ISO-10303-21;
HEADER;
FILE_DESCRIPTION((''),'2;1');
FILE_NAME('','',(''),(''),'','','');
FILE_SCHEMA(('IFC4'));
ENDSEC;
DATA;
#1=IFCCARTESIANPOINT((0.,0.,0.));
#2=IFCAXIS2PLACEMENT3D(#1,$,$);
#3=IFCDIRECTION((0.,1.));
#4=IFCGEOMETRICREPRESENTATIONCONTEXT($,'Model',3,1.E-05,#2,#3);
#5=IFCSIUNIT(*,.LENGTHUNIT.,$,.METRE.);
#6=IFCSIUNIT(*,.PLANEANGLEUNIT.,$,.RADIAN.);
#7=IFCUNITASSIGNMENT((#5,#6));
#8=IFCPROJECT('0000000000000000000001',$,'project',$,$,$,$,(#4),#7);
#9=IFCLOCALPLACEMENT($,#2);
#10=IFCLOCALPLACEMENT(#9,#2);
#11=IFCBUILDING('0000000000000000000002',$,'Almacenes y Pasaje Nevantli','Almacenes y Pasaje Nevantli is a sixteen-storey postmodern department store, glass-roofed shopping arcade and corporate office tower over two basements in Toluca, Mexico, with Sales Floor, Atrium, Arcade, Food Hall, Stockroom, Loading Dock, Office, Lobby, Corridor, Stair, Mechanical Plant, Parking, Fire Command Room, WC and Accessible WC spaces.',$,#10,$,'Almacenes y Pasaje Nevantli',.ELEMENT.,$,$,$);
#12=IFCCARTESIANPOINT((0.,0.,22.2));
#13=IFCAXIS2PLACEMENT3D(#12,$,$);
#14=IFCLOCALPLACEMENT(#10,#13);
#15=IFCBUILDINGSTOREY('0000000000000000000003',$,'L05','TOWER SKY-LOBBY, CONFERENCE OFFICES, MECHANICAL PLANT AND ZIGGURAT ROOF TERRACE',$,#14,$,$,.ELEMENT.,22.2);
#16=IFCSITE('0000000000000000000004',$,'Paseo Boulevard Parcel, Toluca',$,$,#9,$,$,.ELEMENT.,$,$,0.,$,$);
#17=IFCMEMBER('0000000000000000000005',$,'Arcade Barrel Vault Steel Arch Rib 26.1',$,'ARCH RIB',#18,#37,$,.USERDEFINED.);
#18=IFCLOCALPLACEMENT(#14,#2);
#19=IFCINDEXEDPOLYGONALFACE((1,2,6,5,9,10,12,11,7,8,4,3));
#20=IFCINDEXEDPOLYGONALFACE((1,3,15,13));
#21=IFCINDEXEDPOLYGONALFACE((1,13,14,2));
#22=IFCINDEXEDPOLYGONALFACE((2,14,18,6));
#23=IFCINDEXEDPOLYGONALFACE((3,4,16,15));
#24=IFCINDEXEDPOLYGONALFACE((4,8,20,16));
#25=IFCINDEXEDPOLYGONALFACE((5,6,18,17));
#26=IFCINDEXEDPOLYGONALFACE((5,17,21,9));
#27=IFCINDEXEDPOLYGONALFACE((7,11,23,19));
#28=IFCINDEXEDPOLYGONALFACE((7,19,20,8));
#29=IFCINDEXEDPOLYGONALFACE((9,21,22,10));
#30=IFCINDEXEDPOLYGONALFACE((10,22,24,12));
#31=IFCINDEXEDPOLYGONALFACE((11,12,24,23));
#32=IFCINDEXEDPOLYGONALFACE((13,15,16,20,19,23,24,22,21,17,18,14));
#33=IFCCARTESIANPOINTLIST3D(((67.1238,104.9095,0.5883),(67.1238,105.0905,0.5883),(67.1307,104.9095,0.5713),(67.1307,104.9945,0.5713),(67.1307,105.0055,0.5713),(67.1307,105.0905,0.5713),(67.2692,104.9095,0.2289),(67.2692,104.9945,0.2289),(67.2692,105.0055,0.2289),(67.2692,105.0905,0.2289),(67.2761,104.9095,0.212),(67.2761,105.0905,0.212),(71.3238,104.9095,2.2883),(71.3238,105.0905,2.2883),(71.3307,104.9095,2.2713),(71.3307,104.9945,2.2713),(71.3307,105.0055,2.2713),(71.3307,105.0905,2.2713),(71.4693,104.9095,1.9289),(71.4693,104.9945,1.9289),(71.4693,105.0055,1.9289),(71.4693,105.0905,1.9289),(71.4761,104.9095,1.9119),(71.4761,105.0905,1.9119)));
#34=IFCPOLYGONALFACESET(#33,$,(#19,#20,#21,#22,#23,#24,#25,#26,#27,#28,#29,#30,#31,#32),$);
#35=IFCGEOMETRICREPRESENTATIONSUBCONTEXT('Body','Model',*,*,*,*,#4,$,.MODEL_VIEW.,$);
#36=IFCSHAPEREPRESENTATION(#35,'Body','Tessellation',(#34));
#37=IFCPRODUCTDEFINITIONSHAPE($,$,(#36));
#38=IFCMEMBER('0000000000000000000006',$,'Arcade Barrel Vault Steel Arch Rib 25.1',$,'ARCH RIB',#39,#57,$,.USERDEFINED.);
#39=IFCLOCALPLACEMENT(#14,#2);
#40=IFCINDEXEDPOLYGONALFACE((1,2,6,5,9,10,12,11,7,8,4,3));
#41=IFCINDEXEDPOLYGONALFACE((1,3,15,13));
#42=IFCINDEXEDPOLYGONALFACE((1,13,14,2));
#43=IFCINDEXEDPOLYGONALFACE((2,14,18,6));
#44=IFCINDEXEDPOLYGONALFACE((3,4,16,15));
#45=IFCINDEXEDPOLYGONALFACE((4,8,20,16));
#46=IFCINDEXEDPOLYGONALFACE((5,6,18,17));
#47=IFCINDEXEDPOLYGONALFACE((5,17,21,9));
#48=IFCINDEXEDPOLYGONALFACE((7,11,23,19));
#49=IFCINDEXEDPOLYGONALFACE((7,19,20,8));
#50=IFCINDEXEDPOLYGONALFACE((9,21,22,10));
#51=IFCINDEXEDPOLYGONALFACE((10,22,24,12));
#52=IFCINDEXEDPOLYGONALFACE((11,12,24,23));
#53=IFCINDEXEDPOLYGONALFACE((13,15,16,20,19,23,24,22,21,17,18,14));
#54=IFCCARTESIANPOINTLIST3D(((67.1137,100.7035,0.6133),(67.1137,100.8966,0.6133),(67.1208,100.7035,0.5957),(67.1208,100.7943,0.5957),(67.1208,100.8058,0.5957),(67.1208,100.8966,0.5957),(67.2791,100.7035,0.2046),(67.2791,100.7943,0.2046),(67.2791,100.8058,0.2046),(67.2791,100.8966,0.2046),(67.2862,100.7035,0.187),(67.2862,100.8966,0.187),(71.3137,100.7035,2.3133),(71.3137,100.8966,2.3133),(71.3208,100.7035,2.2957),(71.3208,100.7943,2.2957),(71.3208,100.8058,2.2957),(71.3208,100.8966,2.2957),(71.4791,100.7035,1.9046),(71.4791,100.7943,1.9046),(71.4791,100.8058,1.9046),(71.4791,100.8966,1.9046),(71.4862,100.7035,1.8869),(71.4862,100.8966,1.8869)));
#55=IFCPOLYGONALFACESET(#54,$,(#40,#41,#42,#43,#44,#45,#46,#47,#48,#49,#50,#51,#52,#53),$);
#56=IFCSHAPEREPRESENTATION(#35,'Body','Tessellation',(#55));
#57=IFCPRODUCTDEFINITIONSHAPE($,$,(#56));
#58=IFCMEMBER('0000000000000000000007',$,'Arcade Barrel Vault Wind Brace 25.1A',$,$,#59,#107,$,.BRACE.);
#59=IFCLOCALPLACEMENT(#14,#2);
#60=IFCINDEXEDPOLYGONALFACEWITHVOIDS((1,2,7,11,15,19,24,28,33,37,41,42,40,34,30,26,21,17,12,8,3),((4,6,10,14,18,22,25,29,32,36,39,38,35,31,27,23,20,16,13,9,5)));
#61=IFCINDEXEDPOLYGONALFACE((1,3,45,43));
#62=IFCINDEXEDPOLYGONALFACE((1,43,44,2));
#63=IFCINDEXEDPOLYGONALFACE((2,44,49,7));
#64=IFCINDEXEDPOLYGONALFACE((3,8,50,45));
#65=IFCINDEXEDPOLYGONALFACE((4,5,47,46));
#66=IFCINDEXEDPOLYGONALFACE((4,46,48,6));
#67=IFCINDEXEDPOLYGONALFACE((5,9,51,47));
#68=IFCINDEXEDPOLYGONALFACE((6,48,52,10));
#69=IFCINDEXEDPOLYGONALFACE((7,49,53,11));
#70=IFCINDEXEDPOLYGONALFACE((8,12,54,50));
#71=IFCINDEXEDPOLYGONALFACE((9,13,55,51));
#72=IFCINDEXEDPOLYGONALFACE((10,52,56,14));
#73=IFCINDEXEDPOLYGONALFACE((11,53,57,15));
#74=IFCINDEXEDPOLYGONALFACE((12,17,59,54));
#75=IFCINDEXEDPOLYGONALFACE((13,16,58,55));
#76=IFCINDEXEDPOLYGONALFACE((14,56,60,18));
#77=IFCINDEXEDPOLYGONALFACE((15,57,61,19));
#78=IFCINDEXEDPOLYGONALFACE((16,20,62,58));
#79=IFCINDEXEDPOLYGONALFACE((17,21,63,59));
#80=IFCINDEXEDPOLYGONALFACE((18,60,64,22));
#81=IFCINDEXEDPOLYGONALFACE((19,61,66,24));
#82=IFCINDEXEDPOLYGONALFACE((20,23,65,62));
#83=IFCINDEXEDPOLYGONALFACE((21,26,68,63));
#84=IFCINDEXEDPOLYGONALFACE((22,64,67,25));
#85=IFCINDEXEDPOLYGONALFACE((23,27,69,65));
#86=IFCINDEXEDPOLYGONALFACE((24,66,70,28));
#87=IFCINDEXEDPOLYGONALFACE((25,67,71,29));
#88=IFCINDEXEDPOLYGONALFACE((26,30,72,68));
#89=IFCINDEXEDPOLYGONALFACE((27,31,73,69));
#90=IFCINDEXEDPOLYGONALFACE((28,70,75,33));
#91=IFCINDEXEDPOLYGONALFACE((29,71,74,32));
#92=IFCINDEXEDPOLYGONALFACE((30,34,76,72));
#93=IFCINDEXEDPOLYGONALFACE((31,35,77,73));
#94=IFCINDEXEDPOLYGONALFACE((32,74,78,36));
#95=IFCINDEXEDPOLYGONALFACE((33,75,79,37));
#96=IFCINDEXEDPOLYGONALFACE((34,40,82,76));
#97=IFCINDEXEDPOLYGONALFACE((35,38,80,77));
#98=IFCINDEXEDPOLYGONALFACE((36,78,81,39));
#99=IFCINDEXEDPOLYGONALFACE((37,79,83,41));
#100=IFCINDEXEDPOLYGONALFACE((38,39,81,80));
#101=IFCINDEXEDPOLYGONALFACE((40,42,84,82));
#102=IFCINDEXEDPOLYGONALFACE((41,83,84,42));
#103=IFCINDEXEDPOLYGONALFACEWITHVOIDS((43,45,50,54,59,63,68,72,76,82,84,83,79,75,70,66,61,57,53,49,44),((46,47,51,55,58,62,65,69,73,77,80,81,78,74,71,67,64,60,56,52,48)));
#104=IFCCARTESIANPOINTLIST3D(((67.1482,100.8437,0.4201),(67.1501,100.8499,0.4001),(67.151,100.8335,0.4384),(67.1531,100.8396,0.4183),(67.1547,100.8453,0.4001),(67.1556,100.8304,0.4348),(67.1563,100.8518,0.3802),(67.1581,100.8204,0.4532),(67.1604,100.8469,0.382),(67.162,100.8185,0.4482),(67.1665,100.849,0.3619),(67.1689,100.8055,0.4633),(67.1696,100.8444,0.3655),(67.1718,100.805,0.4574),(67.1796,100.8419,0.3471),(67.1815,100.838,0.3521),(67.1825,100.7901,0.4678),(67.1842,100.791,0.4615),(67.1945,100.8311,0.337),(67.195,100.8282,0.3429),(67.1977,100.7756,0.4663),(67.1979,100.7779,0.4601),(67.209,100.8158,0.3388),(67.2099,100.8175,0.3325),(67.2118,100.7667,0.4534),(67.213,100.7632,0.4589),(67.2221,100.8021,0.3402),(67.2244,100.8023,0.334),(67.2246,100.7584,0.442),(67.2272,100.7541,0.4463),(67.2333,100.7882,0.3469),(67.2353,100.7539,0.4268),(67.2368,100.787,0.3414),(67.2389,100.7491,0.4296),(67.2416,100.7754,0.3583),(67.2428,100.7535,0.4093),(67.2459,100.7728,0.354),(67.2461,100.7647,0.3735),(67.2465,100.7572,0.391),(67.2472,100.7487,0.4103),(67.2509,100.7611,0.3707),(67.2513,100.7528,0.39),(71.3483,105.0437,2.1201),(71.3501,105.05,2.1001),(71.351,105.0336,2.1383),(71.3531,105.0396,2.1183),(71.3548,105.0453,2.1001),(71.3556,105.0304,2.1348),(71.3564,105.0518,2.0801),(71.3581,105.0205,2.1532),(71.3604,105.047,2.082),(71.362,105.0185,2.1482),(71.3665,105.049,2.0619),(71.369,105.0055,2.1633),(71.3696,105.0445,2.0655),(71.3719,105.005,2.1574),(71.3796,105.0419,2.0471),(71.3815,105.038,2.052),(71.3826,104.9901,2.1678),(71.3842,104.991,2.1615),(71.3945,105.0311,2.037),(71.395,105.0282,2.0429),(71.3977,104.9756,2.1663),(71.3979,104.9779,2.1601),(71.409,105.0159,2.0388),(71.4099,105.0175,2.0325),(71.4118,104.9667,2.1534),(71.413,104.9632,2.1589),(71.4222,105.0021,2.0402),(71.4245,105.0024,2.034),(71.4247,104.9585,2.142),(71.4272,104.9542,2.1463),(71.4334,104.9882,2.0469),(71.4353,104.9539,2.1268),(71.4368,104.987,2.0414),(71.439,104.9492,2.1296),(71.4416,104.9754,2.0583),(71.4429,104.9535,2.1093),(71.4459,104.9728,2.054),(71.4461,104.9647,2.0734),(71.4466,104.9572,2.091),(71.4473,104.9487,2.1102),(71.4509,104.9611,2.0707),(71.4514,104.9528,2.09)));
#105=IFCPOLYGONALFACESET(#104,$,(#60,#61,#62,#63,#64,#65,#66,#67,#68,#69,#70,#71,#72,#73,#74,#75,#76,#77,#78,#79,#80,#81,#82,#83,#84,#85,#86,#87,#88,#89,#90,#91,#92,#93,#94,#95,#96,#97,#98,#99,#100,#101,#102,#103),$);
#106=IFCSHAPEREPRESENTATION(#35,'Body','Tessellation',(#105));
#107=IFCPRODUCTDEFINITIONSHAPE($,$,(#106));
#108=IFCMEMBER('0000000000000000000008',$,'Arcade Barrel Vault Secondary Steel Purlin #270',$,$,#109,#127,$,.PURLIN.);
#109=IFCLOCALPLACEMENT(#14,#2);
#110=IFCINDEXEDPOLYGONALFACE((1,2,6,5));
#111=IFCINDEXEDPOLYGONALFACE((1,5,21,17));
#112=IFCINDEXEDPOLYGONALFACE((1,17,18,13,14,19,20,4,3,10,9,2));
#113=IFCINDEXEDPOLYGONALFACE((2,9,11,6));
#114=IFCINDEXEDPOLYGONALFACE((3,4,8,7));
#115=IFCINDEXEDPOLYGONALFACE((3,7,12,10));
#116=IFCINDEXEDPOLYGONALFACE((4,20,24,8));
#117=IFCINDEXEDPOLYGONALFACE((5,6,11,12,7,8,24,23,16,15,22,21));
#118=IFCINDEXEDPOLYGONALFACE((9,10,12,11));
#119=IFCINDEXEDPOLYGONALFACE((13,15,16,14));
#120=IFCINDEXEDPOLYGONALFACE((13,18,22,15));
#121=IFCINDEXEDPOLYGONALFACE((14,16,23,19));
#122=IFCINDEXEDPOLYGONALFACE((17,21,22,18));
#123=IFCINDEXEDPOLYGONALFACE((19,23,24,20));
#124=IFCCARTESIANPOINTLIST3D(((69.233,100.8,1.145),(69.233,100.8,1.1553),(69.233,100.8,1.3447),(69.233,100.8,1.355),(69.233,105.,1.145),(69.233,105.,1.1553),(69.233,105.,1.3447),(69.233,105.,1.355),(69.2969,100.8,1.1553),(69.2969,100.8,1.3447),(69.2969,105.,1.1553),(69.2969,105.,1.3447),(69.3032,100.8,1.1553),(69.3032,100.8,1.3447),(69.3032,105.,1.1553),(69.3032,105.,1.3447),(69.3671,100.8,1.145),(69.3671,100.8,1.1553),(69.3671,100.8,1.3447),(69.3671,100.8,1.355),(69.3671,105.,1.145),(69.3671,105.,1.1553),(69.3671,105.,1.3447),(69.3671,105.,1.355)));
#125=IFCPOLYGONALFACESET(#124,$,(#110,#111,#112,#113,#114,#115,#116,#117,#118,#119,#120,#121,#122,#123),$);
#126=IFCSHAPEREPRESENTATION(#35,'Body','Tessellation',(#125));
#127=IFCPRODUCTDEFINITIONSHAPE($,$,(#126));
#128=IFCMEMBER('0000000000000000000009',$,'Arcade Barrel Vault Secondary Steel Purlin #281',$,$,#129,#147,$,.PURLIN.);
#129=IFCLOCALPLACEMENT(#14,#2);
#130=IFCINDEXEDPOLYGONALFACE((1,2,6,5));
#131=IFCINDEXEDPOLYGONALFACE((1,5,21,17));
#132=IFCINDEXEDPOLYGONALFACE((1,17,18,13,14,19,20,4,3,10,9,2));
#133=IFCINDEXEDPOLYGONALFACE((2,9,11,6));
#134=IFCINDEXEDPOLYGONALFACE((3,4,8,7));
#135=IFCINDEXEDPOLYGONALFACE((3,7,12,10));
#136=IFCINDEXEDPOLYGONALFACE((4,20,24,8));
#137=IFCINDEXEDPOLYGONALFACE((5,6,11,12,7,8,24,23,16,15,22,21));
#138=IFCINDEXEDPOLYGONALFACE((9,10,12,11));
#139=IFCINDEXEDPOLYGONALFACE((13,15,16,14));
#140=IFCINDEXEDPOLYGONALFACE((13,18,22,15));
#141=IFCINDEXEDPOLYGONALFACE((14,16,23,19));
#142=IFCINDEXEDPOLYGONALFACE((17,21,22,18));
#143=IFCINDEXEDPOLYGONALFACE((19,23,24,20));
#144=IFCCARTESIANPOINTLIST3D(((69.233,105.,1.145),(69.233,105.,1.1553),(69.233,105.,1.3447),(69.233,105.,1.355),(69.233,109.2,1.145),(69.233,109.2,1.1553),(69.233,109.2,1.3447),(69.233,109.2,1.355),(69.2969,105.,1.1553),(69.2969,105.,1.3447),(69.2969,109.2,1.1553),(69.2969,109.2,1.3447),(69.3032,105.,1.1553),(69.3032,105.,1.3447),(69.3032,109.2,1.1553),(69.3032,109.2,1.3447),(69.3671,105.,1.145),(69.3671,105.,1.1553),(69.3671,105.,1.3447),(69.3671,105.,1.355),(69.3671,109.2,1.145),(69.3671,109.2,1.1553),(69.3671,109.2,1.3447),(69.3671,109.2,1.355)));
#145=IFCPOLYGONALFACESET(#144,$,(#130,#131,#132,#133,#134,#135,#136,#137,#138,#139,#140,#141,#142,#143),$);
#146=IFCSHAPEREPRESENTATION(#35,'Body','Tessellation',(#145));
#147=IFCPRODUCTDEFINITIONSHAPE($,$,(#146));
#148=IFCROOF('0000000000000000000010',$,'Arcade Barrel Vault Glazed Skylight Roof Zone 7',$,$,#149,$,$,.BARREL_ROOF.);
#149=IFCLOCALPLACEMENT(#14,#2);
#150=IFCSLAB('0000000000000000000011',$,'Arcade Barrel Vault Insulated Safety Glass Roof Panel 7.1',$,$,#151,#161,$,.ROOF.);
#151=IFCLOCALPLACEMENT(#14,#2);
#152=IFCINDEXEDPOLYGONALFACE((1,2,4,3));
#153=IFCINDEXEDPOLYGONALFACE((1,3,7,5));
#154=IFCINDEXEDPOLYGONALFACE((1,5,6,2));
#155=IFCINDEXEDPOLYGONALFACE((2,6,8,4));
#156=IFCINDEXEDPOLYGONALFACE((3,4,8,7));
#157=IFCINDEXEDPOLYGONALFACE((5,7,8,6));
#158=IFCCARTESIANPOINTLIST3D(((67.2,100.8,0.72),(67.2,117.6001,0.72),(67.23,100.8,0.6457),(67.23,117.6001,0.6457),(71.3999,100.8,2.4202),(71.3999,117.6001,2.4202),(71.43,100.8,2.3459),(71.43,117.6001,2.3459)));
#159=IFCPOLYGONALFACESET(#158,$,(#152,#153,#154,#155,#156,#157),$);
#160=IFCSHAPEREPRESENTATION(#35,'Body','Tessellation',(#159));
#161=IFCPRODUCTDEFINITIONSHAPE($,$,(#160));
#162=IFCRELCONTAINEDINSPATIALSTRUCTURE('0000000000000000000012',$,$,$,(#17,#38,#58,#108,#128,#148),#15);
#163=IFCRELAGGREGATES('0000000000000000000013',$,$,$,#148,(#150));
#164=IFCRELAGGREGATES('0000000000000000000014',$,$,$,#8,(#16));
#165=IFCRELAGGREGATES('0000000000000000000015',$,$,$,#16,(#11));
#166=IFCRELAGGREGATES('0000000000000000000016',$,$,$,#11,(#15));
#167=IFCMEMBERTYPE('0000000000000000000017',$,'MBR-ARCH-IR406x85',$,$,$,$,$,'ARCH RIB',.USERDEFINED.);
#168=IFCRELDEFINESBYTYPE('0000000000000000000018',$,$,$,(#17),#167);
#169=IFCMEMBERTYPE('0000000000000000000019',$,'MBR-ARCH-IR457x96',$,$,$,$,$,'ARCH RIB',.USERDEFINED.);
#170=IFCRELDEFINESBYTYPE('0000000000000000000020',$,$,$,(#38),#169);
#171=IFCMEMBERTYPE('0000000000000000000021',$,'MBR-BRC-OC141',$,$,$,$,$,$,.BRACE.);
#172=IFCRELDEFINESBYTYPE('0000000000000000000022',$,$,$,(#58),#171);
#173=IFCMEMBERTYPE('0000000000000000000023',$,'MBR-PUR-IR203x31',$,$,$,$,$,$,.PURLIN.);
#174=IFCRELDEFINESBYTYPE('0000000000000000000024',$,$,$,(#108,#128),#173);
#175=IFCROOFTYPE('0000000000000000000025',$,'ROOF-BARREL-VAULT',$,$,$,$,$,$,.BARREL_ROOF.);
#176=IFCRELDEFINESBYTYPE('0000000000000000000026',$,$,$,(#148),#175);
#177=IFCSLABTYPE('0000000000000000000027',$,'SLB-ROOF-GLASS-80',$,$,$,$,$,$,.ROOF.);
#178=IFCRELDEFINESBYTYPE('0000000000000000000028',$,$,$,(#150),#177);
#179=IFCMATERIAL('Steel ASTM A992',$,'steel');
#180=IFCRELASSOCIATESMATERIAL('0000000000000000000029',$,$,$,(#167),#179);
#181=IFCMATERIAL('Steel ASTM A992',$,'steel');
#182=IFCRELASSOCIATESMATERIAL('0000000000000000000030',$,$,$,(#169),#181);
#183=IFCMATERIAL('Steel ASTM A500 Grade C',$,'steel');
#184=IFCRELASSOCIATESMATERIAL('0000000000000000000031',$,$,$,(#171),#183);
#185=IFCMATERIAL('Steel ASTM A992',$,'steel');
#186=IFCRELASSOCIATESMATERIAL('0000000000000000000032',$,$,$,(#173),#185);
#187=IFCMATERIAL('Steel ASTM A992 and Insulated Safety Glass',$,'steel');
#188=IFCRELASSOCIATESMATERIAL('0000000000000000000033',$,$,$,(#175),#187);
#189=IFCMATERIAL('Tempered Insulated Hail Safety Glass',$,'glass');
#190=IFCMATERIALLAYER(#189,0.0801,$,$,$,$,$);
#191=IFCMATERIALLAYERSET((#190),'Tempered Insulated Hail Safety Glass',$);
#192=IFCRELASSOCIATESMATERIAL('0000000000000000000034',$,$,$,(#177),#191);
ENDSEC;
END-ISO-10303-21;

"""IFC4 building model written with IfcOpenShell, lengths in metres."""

from ifc_helpers import new_model, si_unit, direction, frame, origin, origin_2d, place, context, subcontext, project, spatial, polyline, hollow_circle, i_section, outline, extrude, material, layer, layer_set, material_profile, profile_set, type_object, element, aggregate, save


model = new_model("IFC4")

# Units and contexts
model_context = context("Model", 3, precision=1e-05, world=origin(), true_north=direction((0.0, 1.0)))
body_context = subcontext(model_context, "Body", "Model", "MODEL_VIEW")
ifc_project = project(units=[si_unit("LENGTHUNIT", "METRE"), si_unit("PLANEANGLEUNIT", "RADIAN")], contexts=[model_context])

# Site, building, storey
site_placement = place(None, origin())
site = spatial("IfcSite", under=ifc_project, at=site_placement, Name="Paseo Boulevard Parcel, Toluca", CompositionType="ELEMENT", RefElevation=0.0)
building_placement = place(site_placement, origin())
building = spatial("IfcBuilding", under=site, at=building_placement, Name="Almacenes y Pasaje Nevantli", Description="Almacenes y Pasaje Nevantli is a sixteen-storey postmodern department store, glass-roofed shopping arcade and corporate office tower over two basements in Toluca, Mexico, with Sales Floor, Atrium, Arcade, Food Hall, Stockroom, Loading Dock, Office, Lobby, Corridor, Stair, Mechanical Plant, Parking, Fire Command Room, WC and Accessible WC spaces.", LongName="Almacenes y Pasaje Nevantli", CompositionType="ELEMENT")
storey_placement = place(building_placement, frame((0.0, 0.0, 22.2)))
storey = spatial("IfcBuildingStorey", under=building, at=storey_placement, Name="L05", Description="TOWER SKY-LOBBY, CONFERENCE OFFICES, MECHANICAL PLANT AND ZIGGURAT ROOF TERRACE", CompositionType="ELEMENT", Elevation=22.2)

# Members
ifc_material_1 = material(Name="Steel ASTM A992", Category="steel")
ifc_material_profile_1 = material_profile(ifc_material_1, i_section(OverallWidth=0.1809, OverallDepth=0.406, WebThickness=0.011, FlangeThickness=0.0183, at=origin_2d()), Name="IR 406x85.0")
ifc_profile_set_1 = profile_set([ifc_material_profile_1], Name="Steel ASTM A992")
member_type_1 = type_object("IfcMemberType", Name="MBR-ARCH-IR406x85", ElementType="ARCH RIB", PredefinedType="USERDEFINED", material=ifc_profile_set_1)
member_1_placement = place(storey_placement, frame((67.2, 105.0, 0.4001), z_axis=(0.926949, 0.0, 0.375187), x_axis=(0.0, 1.0, 0.0)))
element("IfcMember", 1, at=member_1_placement, inside=storey, type_object=member_type_1, Name="Arcade Barrel Vault Steel Arch Rib 26.1", ObjectType="ARCH RIB", PredefinedType="USERDEFINED", context=body_context, shape_type="SweptSolid", body=[
    extrude(i_section(OverallWidth=0.1809, OverallDepth=0.406, WebThickness=0.011, FlangeThickness=0.0183, at=origin_2d()), origin(), (0.0, 0.0, 1.0), 4.531),
])
ifc_material_2 = material(Name="Steel ASTM A992", Category="steel")
ifc_material_profile_2 = material_profile(ifc_material_2, i_section(OverallWidth=0.1931, OverallDepth=0.46, WebThickness=0.0115, FlangeThickness=0.019, at=origin_2d()), Name="IR 457x96.7")
ifc_profile_set_2 = profile_set([ifc_material_profile_2], Name="Steel ASTM A992")
member_type_2 = type_object("IfcMemberType", Name="MBR-ARCH-IR457x96", ElementType="ARCH RIB", PredefinedType="USERDEFINED", material=ifc_profile_set_2)
member_2_placement = place(storey_placement, frame((67.2, 100.8, 0.4001), z_axis=(0.926949, 0.0, 0.375187), x_axis=(0.0, 1.0, 0.0)))
element("IfcMember", 2, at=member_2_placement, inside=storey, type_object=member_type_2, Name="Arcade Barrel Vault Steel Arch Rib 25.1", ObjectType="ARCH RIB", PredefinedType="USERDEFINED", context=body_context, shape_type="SweptSolid", body=[
    extrude(i_section(OverallWidth=0.1931, OverallDepth=0.46, WebThickness=0.0115, FlangeThickness=0.019, at=origin_2d()), origin(), (0.0, 0.0, 1.0), 4.531),
])
ifc_material_3 = material(Name="Steel ASTM A500 Grade C", Category="steel")
ifc_material_profile_3 = material_profile(ifc_material_3, hollow_circle(Radius=0.0706, WallThickness=0.0066, at=origin_2d()), Name="OC 141x6.6")
ifc_profile_set_3 = profile_set([ifc_material_profile_3], Name="Steel ASTM A500 Grade C")
member_type_3 = type_object("IfcMemberType", Name="MBR-BRC-OC141", PredefinedType="BRACE", material=ifc_profile_set_3)
member_3_placement = place(storey_placement, frame((67.2, 100.8, 0.4001), z_axis=(0.679812, 0.679812, 0.275157), x_axis=(-0.707107, 0.707107, 0.0)))
element("IfcMember", 3, at=member_3_placement, inside=storey, type_object=member_type_3, Name="Arcade Barrel Vault Wind Brace 25.1A", PredefinedType="BRACE", context=body_context, shape_type="SweptSolid", body=[
    extrude(hollow_circle(Radius=0.0706, WallThickness=0.0066, at=origin_2d()), origin(), (0.0, 0.0, 1.0), 6.1782),
])
ifc_material_4 = material(Name="Steel ASTM A992", Category="steel")
ifc_material_profile_4 = material_profile(ifc_material_4, i_section(OverallWidth=0.134, OverallDepth=0.21, WebThickness=0.0063, FlangeThickness=0.0103, at=origin_2d()), Name="IR 203x31.3")
ifc_profile_set_4 = profile_set([ifc_material_profile_4], Name="Steel ASTM A992")
member_type_4 = type_object("IfcMemberType", Name="MBR-PUR-IR203x31", PredefinedType="PURLIN", material=ifc_profile_set_4)
for number, where, z_axis, x_axis, name in (
    (4, (69.3, 100.8, 1.25), (0.0, 1.0, 0.0), (-1.0, 0.0, 0.0), "Arcade Barrel Vault Secondary Steel Purlin #270"),
    (5, (69.3, 105.0, 1.25), (0.0, 1.0, 0.0), (-1.0, 0.0, 0.0), "Arcade Barrel Vault Secondary Steel Purlin #281"),
):
    element("IfcMember", number, at=place(storey_placement, frame(where, z_axis=z_axis, x_axis=x_axis)), inside=storey, type_object=member_type_4, Name=name, PredefinedType="PURLIN", context=body_context, shape_type="SweptSolid", body=[
        extrude(i_section(OverallWidth=0.134, OverallDepth=0.21, WebThickness=0.0063, FlangeThickness=0.0103, at=origin_2d()), origin(), (0.0, 0.0, 1.0), 4.2),
    ])

# Roof, slab
ifc_material_5 = material(Name="Steel ASTM A992 and Insulated Safety Glass", Category="steel")
roof_type = type_object("IfcRoofType", Name="ROOF-BARREL-VAULT", PredefinedType="BARREL_ROOF", material=ifc_material_5)
roof_placement = place(storey_placement, origin())
roof = element("IfcRoof", 6, at=roof_placement, inside=storey, type_object=roof_type, Name="Arcade Barrel Vault Glazed Skylight Roof Zone 7", PredefinedType="BARREL_ROOF")
ifc_material_6 = material(Name="Tempered Insulated Hail Safety Glass", Category="glass")
ifc_layer_1 = layer(ifc_material_6, 0.0801)
ifc_layer_set_1 = layer_set([ifc_layer_1], Name="Tempered Insulated Hail Safety Glass")
slab_type = type_object("IfcSlabType", Name="SLB-ROOF-GLASS-80", PredefinedType="ROOF", material=ifc_layer_set_1)
slab_placement = place(storey_placement, frame((67.2, 100.8, 0.72), z_axis=(-0.375234, 0.0, 0.92693), x_axis=(0.92693, 0.0, 0.375234)))
slab = element("IfcSlab", 7, at=slab_placement, type_object=slab_type, Name="Arcade Barrel Vault Insulated Safety Glass Roof Panel 7.1", PredefinedType="ROOF", context=body_context, shape_type="SweptSolid", body=[
    extrude(outline(polyline([(0.0, 0.0), (4.531, 0.0), (4.531, 16.8), (0.0, 16.8), (0.0, 0.0)])), origin(), (0.0, 0.0, -1.0), 0.0801),
])
aggregate(roof, [slab])

save(model, "model.ifc")
